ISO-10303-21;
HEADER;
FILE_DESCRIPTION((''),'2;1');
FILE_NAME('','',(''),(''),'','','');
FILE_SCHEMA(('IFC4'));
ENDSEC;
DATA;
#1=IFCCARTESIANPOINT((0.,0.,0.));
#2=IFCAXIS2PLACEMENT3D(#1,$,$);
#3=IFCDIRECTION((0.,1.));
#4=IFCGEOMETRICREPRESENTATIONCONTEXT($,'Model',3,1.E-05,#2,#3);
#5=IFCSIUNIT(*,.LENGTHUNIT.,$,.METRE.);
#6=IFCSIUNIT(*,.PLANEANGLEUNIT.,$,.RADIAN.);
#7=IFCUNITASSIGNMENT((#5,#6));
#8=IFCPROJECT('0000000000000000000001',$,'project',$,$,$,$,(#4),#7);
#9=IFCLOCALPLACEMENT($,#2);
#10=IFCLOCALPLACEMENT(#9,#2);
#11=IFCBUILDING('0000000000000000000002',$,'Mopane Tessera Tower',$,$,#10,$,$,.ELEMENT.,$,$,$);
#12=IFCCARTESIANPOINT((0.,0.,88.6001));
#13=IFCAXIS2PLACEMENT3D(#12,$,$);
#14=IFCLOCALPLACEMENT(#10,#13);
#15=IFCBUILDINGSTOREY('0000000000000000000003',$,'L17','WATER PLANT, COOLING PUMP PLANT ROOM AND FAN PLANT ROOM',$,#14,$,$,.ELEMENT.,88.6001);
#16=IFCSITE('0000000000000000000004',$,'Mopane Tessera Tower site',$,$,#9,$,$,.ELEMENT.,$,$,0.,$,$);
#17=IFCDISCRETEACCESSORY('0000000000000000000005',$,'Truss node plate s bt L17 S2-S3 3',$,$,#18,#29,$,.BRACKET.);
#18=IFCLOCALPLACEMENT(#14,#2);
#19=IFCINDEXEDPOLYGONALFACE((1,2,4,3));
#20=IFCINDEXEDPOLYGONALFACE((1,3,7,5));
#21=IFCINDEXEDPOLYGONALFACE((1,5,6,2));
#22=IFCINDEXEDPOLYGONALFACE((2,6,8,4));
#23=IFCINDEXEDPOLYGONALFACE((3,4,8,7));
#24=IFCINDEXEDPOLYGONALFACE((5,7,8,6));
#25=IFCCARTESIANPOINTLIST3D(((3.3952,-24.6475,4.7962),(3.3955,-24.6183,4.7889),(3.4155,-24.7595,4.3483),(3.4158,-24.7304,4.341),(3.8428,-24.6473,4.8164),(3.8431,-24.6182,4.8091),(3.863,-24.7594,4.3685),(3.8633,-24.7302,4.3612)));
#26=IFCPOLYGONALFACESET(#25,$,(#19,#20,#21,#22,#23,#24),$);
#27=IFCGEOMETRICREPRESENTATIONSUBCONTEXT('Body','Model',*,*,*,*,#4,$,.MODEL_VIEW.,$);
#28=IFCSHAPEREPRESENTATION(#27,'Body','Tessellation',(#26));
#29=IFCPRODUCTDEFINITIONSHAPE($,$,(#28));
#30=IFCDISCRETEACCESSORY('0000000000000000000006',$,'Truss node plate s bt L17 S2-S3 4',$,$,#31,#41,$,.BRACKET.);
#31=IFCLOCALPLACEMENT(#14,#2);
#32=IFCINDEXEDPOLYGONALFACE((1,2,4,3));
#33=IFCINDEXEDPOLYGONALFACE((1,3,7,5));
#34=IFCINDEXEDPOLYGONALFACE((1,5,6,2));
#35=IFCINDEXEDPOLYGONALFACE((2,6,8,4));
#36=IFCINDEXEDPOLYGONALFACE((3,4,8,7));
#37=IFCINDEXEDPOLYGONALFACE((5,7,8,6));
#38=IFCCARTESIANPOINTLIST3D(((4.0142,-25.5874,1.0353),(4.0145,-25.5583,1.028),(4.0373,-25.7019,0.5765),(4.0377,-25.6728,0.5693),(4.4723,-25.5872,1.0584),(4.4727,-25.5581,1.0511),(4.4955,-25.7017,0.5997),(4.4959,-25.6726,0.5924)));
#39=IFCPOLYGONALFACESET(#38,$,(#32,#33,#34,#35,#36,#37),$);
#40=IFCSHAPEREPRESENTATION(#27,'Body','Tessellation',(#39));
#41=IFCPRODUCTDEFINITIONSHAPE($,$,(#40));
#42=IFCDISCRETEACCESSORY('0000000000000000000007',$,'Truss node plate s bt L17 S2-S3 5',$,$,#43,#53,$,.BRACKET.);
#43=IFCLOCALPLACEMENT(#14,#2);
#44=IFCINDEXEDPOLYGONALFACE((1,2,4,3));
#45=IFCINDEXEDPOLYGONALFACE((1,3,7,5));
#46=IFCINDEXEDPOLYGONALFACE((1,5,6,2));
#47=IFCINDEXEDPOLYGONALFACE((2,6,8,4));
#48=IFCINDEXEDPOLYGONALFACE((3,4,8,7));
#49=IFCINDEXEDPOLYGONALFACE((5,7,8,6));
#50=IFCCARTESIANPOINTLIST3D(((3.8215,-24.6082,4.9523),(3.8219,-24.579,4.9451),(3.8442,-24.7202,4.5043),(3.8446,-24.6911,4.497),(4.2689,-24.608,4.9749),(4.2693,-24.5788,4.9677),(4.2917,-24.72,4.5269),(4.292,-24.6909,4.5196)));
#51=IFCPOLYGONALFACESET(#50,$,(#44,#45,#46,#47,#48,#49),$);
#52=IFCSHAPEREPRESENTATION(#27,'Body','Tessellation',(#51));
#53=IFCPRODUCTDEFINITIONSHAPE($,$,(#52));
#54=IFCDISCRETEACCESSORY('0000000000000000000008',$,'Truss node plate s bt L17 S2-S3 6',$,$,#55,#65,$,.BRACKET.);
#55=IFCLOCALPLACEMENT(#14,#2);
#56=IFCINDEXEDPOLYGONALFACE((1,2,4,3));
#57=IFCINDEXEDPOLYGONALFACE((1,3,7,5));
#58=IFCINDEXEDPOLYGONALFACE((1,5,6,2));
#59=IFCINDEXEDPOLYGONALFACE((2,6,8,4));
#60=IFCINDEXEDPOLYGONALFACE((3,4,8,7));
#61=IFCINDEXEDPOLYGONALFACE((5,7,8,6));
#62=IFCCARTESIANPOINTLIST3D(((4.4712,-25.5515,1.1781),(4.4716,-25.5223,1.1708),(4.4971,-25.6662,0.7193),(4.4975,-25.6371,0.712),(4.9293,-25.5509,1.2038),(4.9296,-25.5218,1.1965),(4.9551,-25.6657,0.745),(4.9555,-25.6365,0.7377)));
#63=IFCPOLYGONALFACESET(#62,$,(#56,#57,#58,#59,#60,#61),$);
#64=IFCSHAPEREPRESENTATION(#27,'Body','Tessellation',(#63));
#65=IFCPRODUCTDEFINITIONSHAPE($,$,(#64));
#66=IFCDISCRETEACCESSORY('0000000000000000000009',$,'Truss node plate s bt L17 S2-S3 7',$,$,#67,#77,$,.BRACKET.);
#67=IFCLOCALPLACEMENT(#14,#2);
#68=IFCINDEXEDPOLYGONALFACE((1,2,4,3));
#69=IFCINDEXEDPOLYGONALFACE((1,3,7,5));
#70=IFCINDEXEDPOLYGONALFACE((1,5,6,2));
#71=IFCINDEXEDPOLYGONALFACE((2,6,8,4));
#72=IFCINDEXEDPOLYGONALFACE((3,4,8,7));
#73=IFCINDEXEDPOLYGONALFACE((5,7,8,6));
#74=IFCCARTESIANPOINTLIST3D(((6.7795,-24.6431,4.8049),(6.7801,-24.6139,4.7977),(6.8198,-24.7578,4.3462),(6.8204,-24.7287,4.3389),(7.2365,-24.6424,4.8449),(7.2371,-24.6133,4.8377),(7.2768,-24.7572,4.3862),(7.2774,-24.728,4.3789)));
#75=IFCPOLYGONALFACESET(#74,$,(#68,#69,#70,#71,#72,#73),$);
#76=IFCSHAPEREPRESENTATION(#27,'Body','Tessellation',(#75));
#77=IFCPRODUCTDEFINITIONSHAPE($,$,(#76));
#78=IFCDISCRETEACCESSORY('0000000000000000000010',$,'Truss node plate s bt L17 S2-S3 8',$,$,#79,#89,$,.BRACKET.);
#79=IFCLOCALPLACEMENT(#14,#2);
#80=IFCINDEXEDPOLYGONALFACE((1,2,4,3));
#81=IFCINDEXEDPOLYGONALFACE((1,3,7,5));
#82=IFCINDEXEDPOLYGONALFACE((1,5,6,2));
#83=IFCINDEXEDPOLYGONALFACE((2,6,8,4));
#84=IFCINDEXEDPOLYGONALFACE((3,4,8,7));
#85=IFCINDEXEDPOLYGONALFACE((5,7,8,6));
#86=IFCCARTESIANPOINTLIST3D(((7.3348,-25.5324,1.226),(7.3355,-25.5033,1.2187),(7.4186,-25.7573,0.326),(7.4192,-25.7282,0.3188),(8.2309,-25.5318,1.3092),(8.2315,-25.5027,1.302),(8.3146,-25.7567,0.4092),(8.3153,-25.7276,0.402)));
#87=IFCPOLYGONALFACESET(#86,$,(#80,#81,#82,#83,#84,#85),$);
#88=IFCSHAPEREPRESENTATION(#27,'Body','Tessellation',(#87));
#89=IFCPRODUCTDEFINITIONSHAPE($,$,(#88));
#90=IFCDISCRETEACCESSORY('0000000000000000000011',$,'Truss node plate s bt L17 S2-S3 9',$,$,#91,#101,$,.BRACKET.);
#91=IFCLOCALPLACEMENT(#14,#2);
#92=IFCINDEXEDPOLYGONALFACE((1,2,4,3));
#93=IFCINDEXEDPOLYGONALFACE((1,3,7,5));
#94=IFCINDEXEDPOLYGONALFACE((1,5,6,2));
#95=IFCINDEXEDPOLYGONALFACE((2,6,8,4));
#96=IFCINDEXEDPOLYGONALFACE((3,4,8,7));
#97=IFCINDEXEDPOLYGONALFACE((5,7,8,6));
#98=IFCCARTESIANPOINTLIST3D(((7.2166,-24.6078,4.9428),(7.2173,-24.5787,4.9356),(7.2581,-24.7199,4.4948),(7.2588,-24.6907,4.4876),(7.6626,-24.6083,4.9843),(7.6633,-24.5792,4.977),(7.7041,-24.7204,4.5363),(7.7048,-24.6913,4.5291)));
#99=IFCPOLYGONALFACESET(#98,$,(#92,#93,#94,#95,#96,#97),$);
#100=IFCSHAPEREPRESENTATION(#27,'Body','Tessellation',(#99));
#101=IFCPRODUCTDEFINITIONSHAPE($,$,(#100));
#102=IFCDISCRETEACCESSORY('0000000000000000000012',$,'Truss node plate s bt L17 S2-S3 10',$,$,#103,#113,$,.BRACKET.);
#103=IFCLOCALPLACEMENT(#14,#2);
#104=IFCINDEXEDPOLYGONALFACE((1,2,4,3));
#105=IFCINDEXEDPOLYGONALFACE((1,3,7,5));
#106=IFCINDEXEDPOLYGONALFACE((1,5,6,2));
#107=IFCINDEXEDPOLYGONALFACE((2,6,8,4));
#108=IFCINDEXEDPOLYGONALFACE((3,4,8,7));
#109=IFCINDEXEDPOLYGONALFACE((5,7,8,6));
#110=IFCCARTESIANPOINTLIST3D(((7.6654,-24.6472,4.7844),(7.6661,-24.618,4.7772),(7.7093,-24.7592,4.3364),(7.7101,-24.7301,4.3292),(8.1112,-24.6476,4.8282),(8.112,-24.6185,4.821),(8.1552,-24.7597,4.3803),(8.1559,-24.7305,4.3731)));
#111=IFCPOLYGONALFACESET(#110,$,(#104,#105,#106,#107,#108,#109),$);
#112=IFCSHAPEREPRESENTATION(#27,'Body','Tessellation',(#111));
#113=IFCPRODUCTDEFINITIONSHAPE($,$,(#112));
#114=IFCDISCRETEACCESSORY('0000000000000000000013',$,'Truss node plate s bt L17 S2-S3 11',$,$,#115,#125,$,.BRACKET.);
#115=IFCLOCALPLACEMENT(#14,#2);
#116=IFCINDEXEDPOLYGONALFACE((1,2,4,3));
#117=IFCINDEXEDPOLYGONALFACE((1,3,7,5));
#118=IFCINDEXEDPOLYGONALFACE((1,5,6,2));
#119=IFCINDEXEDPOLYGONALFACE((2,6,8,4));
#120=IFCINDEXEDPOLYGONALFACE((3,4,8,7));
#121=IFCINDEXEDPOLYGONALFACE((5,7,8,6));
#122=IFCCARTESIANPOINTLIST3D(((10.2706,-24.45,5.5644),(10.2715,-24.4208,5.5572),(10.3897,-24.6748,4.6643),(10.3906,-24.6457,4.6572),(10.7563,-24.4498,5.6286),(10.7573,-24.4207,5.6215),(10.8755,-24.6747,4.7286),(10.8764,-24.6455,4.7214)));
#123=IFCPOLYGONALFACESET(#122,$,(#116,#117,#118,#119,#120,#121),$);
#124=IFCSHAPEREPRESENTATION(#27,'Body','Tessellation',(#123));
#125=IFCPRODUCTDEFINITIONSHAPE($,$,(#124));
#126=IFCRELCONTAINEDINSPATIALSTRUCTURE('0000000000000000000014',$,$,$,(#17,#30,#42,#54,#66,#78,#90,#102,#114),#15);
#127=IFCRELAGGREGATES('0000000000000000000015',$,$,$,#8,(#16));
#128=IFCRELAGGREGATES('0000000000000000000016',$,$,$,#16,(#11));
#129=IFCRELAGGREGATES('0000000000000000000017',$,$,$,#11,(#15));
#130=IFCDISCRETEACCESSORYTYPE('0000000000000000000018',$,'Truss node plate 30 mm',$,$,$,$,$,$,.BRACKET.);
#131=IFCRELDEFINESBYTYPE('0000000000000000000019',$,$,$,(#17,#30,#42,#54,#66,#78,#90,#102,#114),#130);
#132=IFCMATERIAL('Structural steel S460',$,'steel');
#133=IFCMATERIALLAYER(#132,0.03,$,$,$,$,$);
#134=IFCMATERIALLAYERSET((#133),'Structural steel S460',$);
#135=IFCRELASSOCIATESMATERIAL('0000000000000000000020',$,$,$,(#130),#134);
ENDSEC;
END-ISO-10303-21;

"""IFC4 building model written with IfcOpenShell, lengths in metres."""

from ifc_helpers import new_model, si_unit, direction, frame, origin, origin_2d, place, context, subcontext, project, spatial, rectangle, extrude, material, layer, layer_set, type_object, element, save


model = new_model("IFC4")

# Units and contexts
model_context = context("Model", 3, precision=1e-05, world=origin(), true_north=direction((0.0, 1.0)))
body_context = subcontext(model_context, "Body", "Model", "MODEL_VIEW")
ifc_project = project(units=[si_unit("LENGTHUNIT", "METRE"), si_unit("PLANEANGLEUNIT", "RADIAN")], contexts=[model_context])

# Site, building, storey
site_placement = place(None, origin())
site = spatial("IfcSite", under=ifc_project, at=site_placement, Name="Mopane Tessera Tower site", CompositionType="ELEMENT", RefElevation=0.0)
building_placement = place(site_placement, origin())
building = spatial("IfcBuilding", under=site, at=building_placement, Name="Mopane Tessera Tower", CompositionType="ELEMENT")
storey_placement = place(building_placement, frame((0.0, 0.0, 88.6001)))
storey = spatial("IfcBuildingStorey", under=building, at=storey_placement, Name="L17", Description="WATER PLANT, COOLING PUMP PLANT ROOM AND FAN PLANT ROOM", CompositionType="ELEMENT", Elevation=88.6001)

# Discrete accessories
ifc_material_1 = material(Name="Structural steel S460", Category="steel")
ifc_layer_1 = layer(ifc_material_1, 0.03)
ifc_layer_set_1 = layer_set([ifc_layer_1], Name="Structural steel S460")
discrete_accessory_type_1 = type_object("IfcDiscreteAccessoryType", Name="Truss node plate 30 mm", PredefinedType="BRACKET", material=ifc_layer_set_1)
discrete_accessory_1_placement = place(storey_placement, frame((3.6394, -24.7449, 4.3547), z_axis=(-0.043838, 0.242427, 0.969179), x_axis=(0.010575, 0.97017, -0.242196)))
element("IfcDiscreteAccessory", 1, at=discrete_accessory_1_placement, inside=storey, type_object=discrete_accessory_type_1, Name="Truss node plate s bt L17 S2-S3 3", PredefinedType="BRACKET", context=body_context, shape_type="SweptSolid", body=[
    extrude(rectangle(XDim=0.03, YDim=0.448, at=origin_2d()), origin(), (0.0, 0.0, 1.0), 0.4622),
])
discrete_accessory_2_placement = place(storey_placement, frame((4.2666, -25.6873, 0.5845), z_axis=(-0.048995, 0.24188, 0.969068), x_axis=(0.011779, 0.970306, -0.241594)))
element("IfcDiscreteAccessory", 2, at=discrete_accessory_2_placement, inside=storey, type_object=discrete_accessory_type_1, Name="Truss node plate s bt L17 S2-S3 4", PredefinedType="BRACKET", context=body_context, shape_type="SweptSolid", body=[
    extrude(rectangle(XDim=0.03, YDim=0.4587, at=origin_2d()), origin(), (0.0, 0.0, 1.0), 0.4734),
])
discrete_accessory_3_placement = place(storey_placement, frame((4.0681, -24.7056, 4.512), z_axis=(-0.049107, 0.242367, 0.968941), x_axis=(0.011752, 0.970184, -0.242083)))
element("IfcDiscreteAccessory", 3, at=discrete_accessory_3_placement, inside=storey, type_object=discrete_accessory_type_1, Name="Truss node plate s bt L17 S2-S3 5", PredefinedType="BRACKET", context=body_context, shape_type="SweptSolid", body=[
    extrude(rectangle(XDim=0.03, YDim=0.448, at=origin_2d()), origin(), (0.0, 0.0, 1.0), 0.4624),
])
discrete_accessory_4_placement = place(storey_placement, frame((4.7263, -25.6514, 0.7285), z_axis=(-0.054645, 0.242295, 0.968663), x_axis=(0.012393, 0.970202, -0.24198)))
element("IfcDiscreteAccessory", 4, at=discrete_accessory_4_placement, inside=storey, type_object=discrete_accessory_type_1, Name="Truss node plate s bt L17 S2-S3 6", PredefinedType="BRACKET", context=body_context, shape_type="SweptSolid", body=[
    extrude(rectangle(XDim=0.03, YDim=0.4587, at=origin_2d()), origin(), (0.0, 0.0, 1.0), 0.4736),
])
discrete_accessory_5_placement = place(storey_placement, frame((7.0486, -24.7429, 4.3625), z_axis=(-0.084881, 0.241781, 0.966611), x_axis=(0.019721, 0.97033, -0.24098)))
element("IfcDiscreteAccessory", 5, at=discrete_accessory_5_placement, inside=storey, type_object=discrete_accessory_type_1, Name="Truss node plate s bt L17 S2-S3 7", PredefinedType="BRACKET", context=body_context, shape_type="SweptSolid", body=[
    extrude(rectangle(XDim=0.03, YDim=0.4587, at=origin_2d()), origin(), (0.0, 0.0, 1.0), 0.4746),
])
discrete_accessory_6_placement = place(storey_placement, frame((7.8669, -25.7424, 0.364), z_axis=(-0.089914, 0.24143, 0.966244), x_axis=(0.02171, 0.970418, -0.240453)))
element("IfcDiscreteAccessory", 6, at=discrete_accessory_6_placement, inside=storey, type_object=discrete_accessory_type_1, Name="Truss node plate s bt L17 S2-S3 8", PredefinedType="BRACKET", context=body_context, shape_type="SweptSolid", body=[
    extrude(rectangle(XDim=0.03, YDim=0.8999, at=origin_2d()), origin(), (0.0, 0.0, 1.0), 0.9314),
])
discrete_accessory_7_placement = place(storey_placement, frame((7.4814, -24.7056, 4.512), z_axis=(-0.089513, 0.241686, 0.966217), x_axis=(0.023468, 0.970354, -0.240547)))
element("IfcDiscreteAccessory", 7, at=discrete_accessory_7_placement, inside=storey, type_object=discrete_accessory_type_1, Name="Truss node plate s bt L17 S2-S3 9", PredefinedType="BRACKET", context=body_context, shape_type="SweptSolid", body=[
    extrude(rectangle(XDim=0.03, YDim=0.448, at=origin_2d()), origin(), (0.0, 0.0, 1.0), 0.4636),
])
discrete_accessory_8_placement = place(storey_placement, frame((7.9326, -24.7449, 4.3547), z_axis=(-0.094733, 0.241569, 0.965749), x_axis=(0.024613, 0.970383, -0.240314)))
element("IfcDiscreteAccessory", 8, at=discrete_accessory_8_placement, inside=storey, type_object=discrete_accessory_type_1, Name="Truss node plate s bt L17 S2-S3 10", PredefinedType="BRACKET", context=body_context, shape_type="SweptSolid", body=[
    extrude(rectangle(XDim=0.03, YDim=0.448, at=origin_2d()), origin(), (0.0, 0.0, 1.0), 0.4639),
])
discrete_accessory_9_placement = place(storey_placement, frame((10.6331, -24.6602, 4.6929), z_axis=(-0.127365, 0.240376, 0.962288), x_axis=(0.031229, 0.97068, -0.238339)))
element("IfcDiscreteAccessory", 9, at=discrete_accessory_9_placement, inside=storey, type_object=discrete_accessory_type_1, Name="Truss node plate s bt L17 S2-S3 11", PredefinedType="BRACKET", context=body_context, shape_type="SweptSolid", body=[
    extrude(rectangle(XDim=0.03, YDim=0.49, at=origin_2d()), origin(), (0.0, 0.0, 1.0), 0.9353),
])

save(model, "model.ifc")
